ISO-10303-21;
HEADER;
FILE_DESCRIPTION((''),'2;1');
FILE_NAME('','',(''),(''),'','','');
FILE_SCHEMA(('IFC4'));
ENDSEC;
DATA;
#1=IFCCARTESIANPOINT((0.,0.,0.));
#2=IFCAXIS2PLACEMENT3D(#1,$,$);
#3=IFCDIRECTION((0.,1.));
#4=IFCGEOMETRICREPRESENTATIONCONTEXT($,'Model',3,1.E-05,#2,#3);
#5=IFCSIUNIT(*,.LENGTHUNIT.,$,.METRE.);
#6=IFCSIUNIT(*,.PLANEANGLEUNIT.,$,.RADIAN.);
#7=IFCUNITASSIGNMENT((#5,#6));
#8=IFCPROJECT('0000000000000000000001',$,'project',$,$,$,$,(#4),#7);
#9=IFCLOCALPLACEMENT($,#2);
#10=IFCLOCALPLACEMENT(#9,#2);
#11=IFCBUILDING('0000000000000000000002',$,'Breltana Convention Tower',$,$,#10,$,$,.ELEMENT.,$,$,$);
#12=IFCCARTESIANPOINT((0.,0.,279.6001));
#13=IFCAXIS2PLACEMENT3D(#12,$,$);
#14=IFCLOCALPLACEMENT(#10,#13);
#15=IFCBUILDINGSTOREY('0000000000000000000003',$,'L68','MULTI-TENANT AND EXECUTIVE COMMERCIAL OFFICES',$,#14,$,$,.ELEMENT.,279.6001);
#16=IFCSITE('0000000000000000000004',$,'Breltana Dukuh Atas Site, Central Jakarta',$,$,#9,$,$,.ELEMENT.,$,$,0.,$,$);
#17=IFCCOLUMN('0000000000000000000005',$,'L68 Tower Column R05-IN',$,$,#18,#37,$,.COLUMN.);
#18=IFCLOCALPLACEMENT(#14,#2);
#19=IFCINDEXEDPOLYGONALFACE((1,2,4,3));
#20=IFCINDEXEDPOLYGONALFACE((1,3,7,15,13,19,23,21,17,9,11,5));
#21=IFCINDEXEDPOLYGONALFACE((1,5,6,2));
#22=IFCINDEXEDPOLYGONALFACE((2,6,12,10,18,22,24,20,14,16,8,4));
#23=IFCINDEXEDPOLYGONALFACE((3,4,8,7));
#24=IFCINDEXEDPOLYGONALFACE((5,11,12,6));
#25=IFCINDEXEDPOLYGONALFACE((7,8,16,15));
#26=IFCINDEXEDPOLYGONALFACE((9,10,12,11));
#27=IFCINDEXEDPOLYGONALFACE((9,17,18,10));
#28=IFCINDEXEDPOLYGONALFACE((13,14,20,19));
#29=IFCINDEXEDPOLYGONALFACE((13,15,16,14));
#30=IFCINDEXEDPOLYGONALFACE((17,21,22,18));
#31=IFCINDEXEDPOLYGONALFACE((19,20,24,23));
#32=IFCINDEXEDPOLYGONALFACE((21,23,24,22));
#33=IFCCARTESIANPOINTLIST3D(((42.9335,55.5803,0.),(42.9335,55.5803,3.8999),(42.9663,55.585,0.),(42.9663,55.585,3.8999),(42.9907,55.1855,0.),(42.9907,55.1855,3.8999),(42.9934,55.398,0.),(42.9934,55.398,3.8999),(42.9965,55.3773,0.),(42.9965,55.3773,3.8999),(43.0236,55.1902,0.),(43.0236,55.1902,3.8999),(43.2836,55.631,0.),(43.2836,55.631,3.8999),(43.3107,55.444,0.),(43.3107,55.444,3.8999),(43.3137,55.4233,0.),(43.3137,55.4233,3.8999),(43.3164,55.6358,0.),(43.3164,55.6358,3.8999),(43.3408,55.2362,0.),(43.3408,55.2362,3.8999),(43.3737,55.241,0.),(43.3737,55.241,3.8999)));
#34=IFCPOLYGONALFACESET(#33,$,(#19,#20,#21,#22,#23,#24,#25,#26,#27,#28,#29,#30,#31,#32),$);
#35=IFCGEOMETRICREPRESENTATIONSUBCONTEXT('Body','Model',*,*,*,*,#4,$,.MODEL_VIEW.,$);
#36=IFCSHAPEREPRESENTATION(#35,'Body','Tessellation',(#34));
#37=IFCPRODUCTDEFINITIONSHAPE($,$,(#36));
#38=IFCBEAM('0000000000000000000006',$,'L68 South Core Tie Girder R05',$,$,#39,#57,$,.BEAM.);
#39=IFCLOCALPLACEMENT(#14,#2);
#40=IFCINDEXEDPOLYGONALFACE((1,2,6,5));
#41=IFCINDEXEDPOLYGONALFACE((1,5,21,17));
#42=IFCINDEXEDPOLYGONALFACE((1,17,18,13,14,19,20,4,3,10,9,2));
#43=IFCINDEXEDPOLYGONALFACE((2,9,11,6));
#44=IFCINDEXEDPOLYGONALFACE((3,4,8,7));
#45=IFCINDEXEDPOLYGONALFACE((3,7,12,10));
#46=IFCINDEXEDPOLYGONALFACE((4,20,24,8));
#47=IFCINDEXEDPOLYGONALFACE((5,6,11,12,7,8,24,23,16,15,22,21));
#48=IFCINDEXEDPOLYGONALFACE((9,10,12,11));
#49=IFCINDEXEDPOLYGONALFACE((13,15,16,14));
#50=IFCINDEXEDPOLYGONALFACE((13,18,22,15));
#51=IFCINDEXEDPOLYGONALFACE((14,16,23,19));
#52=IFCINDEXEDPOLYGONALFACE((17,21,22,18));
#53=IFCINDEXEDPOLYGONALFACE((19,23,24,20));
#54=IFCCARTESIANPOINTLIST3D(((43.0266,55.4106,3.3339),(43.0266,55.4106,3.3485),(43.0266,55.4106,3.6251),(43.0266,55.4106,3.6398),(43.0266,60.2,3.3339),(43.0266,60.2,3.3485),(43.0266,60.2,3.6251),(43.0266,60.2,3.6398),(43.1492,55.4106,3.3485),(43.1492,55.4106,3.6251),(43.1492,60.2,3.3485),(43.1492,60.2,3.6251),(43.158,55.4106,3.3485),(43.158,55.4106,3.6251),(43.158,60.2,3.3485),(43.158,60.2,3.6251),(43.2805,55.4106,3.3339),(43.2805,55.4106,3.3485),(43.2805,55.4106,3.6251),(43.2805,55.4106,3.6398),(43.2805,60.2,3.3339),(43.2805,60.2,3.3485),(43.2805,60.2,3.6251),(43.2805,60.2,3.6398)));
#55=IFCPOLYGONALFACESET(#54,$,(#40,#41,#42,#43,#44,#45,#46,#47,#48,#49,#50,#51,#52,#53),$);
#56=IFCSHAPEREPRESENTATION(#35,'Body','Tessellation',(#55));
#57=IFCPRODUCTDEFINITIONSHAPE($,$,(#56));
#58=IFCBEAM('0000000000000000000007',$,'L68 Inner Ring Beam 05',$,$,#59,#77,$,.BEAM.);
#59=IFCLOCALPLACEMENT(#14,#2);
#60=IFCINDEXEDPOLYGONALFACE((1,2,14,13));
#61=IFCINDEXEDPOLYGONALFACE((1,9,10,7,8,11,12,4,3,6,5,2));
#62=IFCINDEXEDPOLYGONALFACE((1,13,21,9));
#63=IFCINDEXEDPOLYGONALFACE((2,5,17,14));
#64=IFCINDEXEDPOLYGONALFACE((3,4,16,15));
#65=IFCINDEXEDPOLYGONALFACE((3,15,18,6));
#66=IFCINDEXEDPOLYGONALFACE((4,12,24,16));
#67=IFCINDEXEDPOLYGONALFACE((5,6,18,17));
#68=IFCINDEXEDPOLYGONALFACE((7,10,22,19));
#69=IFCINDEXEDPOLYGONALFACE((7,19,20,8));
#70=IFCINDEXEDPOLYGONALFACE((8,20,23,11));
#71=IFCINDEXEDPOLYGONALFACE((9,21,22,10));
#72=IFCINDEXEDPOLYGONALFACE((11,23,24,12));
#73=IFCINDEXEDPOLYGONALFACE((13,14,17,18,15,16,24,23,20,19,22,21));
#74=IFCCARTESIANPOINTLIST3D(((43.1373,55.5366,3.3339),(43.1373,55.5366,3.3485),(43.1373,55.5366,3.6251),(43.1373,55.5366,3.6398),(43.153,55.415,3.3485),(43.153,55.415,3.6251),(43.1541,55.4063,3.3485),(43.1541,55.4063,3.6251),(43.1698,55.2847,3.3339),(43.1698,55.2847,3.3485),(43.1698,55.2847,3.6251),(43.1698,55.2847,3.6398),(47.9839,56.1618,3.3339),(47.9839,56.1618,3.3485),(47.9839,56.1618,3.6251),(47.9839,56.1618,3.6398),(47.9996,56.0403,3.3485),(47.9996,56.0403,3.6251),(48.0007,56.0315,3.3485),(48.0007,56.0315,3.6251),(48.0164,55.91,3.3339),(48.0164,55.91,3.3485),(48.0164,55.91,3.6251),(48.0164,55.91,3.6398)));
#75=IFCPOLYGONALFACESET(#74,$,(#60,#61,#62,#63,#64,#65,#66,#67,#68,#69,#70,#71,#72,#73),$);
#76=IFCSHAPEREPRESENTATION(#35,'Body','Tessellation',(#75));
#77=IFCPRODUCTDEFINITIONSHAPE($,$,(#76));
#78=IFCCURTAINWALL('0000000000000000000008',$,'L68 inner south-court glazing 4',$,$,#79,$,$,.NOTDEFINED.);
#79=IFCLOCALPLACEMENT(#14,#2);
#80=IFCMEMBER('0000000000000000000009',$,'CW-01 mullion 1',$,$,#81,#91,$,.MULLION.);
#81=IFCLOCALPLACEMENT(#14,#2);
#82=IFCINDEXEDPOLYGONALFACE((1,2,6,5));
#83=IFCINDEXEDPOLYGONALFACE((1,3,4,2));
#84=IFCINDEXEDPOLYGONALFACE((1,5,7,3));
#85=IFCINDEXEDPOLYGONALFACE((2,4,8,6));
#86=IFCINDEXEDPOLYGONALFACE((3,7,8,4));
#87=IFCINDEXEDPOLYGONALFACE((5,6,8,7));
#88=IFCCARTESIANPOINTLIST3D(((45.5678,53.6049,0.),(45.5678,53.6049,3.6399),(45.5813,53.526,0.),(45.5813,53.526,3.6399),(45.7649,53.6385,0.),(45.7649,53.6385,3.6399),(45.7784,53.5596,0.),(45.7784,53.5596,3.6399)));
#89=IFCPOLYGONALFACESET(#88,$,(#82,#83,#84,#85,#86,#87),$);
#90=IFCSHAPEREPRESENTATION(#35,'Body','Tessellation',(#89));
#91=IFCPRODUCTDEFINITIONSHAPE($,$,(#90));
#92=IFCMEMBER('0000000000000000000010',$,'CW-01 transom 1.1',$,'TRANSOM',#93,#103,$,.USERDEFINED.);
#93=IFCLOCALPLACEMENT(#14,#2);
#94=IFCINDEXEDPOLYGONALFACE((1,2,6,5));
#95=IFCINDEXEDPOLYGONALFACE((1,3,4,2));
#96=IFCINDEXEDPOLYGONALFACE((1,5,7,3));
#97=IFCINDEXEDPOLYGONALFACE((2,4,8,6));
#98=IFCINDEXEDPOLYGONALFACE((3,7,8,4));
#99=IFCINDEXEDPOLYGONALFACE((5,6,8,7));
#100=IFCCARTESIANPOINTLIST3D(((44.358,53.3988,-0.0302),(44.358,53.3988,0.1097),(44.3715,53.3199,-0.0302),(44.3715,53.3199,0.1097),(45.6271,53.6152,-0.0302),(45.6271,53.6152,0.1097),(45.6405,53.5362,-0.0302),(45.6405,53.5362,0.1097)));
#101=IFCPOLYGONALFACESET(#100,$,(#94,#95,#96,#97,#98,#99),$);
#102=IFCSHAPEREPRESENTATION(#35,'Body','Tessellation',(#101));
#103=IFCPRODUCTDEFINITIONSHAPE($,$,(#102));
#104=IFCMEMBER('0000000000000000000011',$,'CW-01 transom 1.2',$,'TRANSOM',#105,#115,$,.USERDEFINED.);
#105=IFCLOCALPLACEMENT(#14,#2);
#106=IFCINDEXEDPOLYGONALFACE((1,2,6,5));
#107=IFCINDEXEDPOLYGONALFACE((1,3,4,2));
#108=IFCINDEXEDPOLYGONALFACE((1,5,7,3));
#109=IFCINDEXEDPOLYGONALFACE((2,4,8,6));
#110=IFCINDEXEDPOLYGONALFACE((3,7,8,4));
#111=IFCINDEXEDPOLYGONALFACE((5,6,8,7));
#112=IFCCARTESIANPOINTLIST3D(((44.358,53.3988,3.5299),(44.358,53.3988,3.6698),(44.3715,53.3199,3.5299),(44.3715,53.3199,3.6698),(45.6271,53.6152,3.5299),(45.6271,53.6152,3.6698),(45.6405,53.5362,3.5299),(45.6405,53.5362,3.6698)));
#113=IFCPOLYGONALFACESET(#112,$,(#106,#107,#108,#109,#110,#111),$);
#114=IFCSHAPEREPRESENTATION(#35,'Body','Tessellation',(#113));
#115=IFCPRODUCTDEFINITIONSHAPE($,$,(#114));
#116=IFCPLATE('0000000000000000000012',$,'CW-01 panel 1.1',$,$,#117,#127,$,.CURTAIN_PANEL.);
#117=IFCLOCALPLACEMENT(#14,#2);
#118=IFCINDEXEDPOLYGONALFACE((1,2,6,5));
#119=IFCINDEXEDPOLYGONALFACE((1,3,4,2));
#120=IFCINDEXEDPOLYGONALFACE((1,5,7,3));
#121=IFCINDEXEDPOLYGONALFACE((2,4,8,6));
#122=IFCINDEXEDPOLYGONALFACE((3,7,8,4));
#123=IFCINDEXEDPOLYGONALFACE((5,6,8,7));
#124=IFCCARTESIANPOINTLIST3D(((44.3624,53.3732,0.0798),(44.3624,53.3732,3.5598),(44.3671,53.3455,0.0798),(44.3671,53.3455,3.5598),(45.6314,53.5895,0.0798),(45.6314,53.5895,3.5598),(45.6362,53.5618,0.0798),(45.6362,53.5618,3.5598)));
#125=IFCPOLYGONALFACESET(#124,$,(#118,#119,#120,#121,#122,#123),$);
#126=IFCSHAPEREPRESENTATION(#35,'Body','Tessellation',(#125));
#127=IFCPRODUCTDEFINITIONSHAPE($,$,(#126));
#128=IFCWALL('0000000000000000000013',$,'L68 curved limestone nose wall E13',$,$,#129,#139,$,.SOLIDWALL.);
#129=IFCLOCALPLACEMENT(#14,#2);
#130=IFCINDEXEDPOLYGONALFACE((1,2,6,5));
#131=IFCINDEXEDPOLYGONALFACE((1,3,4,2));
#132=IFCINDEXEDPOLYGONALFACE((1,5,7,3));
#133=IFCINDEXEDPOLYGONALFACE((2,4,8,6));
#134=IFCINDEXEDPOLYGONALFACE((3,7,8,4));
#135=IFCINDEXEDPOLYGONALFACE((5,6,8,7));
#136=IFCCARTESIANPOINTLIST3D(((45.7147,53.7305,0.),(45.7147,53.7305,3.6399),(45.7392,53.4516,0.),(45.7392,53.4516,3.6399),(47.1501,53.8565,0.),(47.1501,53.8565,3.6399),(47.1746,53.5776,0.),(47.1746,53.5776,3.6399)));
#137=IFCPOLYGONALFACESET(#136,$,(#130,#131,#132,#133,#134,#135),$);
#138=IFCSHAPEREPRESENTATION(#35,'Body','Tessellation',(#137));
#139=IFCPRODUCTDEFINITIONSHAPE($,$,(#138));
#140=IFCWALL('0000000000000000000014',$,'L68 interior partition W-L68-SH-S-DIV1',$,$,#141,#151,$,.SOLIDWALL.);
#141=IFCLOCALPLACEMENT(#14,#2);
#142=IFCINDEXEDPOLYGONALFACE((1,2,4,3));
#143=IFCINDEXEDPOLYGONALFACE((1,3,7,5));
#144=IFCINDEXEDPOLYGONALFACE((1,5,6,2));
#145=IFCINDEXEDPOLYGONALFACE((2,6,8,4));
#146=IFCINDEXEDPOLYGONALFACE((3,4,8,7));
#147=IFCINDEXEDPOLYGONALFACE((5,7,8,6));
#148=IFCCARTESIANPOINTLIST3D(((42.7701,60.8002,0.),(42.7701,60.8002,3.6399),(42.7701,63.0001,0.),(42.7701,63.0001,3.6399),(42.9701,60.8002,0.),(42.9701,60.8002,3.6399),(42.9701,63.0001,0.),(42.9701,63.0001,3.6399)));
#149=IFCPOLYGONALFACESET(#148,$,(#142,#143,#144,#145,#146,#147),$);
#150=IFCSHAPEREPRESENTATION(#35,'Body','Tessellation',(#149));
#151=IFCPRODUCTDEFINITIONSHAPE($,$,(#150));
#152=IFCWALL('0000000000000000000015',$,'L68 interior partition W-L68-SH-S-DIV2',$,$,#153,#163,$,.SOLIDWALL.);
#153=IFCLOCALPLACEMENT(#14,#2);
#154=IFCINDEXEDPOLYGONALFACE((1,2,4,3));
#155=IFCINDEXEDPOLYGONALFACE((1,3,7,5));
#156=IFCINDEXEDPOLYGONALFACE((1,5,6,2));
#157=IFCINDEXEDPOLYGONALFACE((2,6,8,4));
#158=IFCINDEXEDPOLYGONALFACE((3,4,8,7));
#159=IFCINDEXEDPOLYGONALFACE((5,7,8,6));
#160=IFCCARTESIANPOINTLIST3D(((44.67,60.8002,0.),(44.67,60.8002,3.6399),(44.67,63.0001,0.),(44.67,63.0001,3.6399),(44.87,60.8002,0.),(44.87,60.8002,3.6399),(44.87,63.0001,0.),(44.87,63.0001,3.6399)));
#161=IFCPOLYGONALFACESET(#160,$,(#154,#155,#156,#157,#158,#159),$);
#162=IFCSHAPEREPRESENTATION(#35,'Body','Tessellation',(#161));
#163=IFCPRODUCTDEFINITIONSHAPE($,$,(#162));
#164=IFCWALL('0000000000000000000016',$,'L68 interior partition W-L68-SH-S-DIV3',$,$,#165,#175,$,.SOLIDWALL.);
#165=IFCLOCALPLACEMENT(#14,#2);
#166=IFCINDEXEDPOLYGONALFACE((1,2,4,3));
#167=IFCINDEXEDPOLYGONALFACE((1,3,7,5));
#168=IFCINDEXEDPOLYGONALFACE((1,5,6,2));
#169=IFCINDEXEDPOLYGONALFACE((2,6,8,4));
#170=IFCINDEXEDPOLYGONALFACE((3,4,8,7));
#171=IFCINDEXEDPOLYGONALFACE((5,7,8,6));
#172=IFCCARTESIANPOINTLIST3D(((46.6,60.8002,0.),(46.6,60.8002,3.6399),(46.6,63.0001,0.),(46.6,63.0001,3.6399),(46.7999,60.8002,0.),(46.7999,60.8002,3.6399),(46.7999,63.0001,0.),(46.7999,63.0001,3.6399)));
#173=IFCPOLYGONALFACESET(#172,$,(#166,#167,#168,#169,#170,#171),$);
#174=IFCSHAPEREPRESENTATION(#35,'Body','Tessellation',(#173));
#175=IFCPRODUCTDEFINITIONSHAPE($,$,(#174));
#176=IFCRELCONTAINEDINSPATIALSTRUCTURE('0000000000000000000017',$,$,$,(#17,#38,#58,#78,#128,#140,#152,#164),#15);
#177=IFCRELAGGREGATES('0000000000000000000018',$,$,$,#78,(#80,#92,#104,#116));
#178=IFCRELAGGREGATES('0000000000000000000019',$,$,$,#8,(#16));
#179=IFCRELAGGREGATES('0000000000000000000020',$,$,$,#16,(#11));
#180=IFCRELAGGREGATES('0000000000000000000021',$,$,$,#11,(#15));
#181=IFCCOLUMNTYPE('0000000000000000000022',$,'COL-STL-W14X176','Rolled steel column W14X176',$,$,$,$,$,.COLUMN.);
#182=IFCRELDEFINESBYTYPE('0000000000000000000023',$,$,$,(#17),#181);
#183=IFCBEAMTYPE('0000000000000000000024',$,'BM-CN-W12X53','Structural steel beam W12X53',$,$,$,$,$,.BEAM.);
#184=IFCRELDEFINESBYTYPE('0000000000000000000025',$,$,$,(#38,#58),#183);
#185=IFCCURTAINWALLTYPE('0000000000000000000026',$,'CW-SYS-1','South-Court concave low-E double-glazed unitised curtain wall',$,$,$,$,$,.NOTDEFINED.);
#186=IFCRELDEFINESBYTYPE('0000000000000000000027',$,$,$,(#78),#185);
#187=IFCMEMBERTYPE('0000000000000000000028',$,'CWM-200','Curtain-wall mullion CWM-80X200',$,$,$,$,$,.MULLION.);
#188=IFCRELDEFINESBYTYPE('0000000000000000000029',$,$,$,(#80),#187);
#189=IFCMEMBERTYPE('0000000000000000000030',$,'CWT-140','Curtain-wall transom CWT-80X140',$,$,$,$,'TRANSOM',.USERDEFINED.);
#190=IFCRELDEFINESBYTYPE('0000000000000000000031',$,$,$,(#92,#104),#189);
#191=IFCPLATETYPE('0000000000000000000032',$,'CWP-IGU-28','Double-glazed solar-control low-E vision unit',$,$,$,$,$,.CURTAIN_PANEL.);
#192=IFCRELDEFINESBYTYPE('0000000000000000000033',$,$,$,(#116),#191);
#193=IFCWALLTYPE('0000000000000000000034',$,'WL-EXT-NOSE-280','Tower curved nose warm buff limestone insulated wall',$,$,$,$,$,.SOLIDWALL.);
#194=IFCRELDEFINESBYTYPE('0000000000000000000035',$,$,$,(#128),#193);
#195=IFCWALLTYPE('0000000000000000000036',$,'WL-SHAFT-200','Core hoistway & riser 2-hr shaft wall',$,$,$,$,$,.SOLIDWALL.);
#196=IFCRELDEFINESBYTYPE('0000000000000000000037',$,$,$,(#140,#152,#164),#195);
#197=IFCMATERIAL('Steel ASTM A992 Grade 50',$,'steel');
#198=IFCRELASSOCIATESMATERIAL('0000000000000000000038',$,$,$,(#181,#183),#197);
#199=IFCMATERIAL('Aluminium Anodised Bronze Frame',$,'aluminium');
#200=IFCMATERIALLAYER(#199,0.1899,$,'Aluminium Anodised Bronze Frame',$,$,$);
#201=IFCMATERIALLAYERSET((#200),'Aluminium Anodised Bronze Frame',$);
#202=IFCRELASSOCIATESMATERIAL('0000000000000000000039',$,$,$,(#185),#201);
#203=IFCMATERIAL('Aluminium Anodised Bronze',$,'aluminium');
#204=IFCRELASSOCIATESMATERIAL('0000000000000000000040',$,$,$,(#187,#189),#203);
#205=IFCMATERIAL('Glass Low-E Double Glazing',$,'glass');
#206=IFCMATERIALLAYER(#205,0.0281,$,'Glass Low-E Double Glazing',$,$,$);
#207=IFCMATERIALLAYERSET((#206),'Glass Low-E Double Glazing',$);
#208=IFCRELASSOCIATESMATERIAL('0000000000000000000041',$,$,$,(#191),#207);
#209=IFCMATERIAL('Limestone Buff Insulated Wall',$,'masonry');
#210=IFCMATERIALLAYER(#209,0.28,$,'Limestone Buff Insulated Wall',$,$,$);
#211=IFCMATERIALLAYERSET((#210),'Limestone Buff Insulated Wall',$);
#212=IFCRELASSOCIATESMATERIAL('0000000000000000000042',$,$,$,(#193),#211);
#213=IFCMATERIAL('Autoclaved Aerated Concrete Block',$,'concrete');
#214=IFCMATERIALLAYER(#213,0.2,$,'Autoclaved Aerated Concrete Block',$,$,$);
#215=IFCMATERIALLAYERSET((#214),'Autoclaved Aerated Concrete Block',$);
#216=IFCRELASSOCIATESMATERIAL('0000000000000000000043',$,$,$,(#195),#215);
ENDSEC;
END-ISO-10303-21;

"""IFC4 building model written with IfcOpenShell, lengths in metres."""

from ifc_helpers import new_model, si_unit, direction, frame, frame_2d, origin, origin_2d, place, context, subcontext, project, spatial, rectangle, i_section, extrude, source, transform, mapped, material, layer, layer_set, material_profile, profile_set, type_object, type_shapes, element, aggregate, save


model = new_model("IFC4")

# Units and contexts
model_context = context("Model", 3, precision=1e-05, world=origin(), true_north=direction((0.0, 1.0)))
body_context = subcontext(model_context, "Body", "Model", "MODEL_VIEW")
ifc_project = project(units=[si_unit("LENGTHUNIT", "METRE"), si_unit("PLANEANGLEUNIT", "RADIAN")], contexts=[model_context])

# Site, building, storey
site_placement = place(None, origin())
site = spatial("IfcSite", under=ifc_project, at=site_placement, Name="Breltana Dukuh Atas Site, Central Jakarta", CompositionType="ELEMENT", RefElevation=0.0)
building_placement = place(site_placement, origin())
building = spatial("IfcBuilding", under=site, at=building_placement, Name="Breltana Convention Tower", CompositionType="ELEMENT")
storey_placement = place(building_placement, frame((0.0, 0.0, 279.6001)))
storey = spatial("IfcBuildingStorey", under=building, at=storey_placement, Name="L68", Description="MULTI-TENANT AND EXECUTIVE COMMERCIAL OFFICES", CompositionType="ELEMENT", Elevation=279.6001)

# Column
ifc_material_1 = material(Name="Steel ASTM A992 Grade 50", Category="steel")
ifc_material_profile_1 = material_profile(ifc_material_1, i_section(OverallWidth=0.3989, OverallDepth=0.387, WebThickness=0.021, FlangeThickness=0.0332, at=origin_2d()), Name="W14X176")
ifc_profile_set_1 = profile_set([ifc_material_profile_1], Name="Steel ASTM A992 Grade 50")
column_type = type_object("IfcColumnType", Name="COL-STL-W14X176", Description="Rolled steel column W14X176", PredefinedType="COLUMN", material=ifc_profile_set_1)
shared_shape_1 = source(origin(), body_context, "Body", "SweptSolid", [
    extrude(i_section(OverallWidth=0.3989, OverallDepth=0.387, WebThickness=0.021, FlangeThickness=0.0332, at=origin_2d()), origin(), (0.0, 0.0, 1.0), 3.8999),
])
type_shapes(column_type, [shared_shape_1])
column_placement = place(storey_placement, frame((43.1536, 55.4106, 0.0), z_axis=(0.0, 0.0, 1.0), x_axis=(-0.143493, 0.989651, 0.0)))
element("IfcColumn", 1, at=column_placement, inside=storey, type_object=column_type, Name="L68 Tower Column R05-IN", PredefinedType="COLUMN", context=body_context, shape_type="MappedRepresentation", body=[
    mapped(shared_shape_1, transform((0.0, 0.0, 0.0), scale=1.0)),
])

# Beams
ifc_material_profile_2 = material_profile(ifc_material_1, i_section(OverallWidth=0.2539, OverallDepth=0.3059, WebThickness=0.0088, FlangeThickness=0.0146, at=origin_2d()), Name="W12X53")
ifc_profile_set_2 = profile_set([ifc_material_profile_2], Name="Steel ASTM A992 Grade 50")
beam_type = type_object("IfcBeamType", Name="BM-CN-W12X53", Description="Structural steel beam W12X53", PredefinedType="BEAM", material=ifc_profile_set_2)
shared_shape_2 = source(origin(), body_context, "Body", "SweptSolid", [
    extrude(i_section(OverallWidth=0.2539, OverallDepth=0.3059, WebThickness=0.0088, FlangeThickness=0.0146, at=origin_2d()), origin(), (0.0, 0.0, 1.0), 4.7893),
])
beam_1_placement = place(storey_placement, frame((43.1536, 60.2, 3.4868), z_axis=(0.0, -1.0, 0.0), x_axis=(1.0, 0.0, 0.0)))
element("IfcBeam", 2, at=beam_1_placement, inside=storey, type_object=beam_type, Name="L68 South Core Tie Girder R05", PredefinedType="BEAM", context=body_context, shape_type="MappedRepresentation", body=[
    mapped(shared_shape_2, transform((0.0, 0.0, 0.0), scale=1.0)),
])
shared_shape_3 = source(origin(), body_context, "Body", "SweptSolid", [
    extrude(i_section(OverallWidth=0.2539, OverallDepth=0.3059, WebThickness=0.0088, FlangeThickness=0.0146, at=origin_2d()), origin(), (0.0, 0.0, 1.0), 4.8867),
])
beam_2_placement = place(storey_placement, frame((43.1536, 55.4106, 3.4868), z_axis=(0.991781, 0.127951, 0.0), x_axis=(-0.127951, 0.991781, 0.0)))
element("IfcBeam", 3, at=beam_2_placement, inside=storey, type_object=beam_type, Name="L68 Inner Ring Beam 05", PredefinedType="BEAM", context=body_context, shape_type="MappedRepresentation", body=[
    mapped(shared_shape_3, transform((0.0, 0.0, 0.0), scale=1.0)),
])

# Curtain wall, members, plate
ifc_material_2 = material(Name="Aluminium Anodised Bronze Frame", Category="aluminium")
ifc_layer_1 = layer(ifc_material_2, 0.1899, Name="Aluminium Anodised Bronze Frame")
ifc_layer_set_1 = layer_set([ifc_layer_1], Name="Aluminium Anodised Bronze Frame")
curtain_wall_type = type_object("IfcCurtainWallType", Name="CW-SYS-1", Description="South-Court concave low-E double-glazed unitised curtain wall", PredefinedType="NOTDEFINED", material=ifc_layer_set_1)
curtain_wall_placement = place(storey_placement, origin())
curtain_wall = element("IfcCurtainWall", 4, at=curtain_wall_placement, inside=storey, type_object=curtain_wall_type, Name="L68 inner south-court glazing 4", PredefinedType="NOTDEFINED")
ifc_material_3 = material(Name="Aluminium Anodised Bronze", Category="aluminium")
ifc_material_profile_3 = material_profile(ifc_material_3, rectangle(XDim=0.0801, YDim=0.2, at=origin_2d()), Name="CWM-80X200")
ifc_profile_set_3 = profile_set([ifc_material_profile_3], Name="Aluminium Anodised Bronze")
member_type_1 = type_object("IfcMemberType", Name="CWM-200", Description="Curtain-wall mullion CWM-80X200", PredefinedType="MULLION", material=ifc_profile_set_3)
shared_shape_4 = source(origin(), body_context, "Body", "SweptSolid", [
    extrude(rectangle(XDim=0.0801, YDim=0.2, at=origin_2d()), origin(), (0.0, 0.0, 1.0), 3.6399),
])
member_1_placement = place(storey_placement, frame((45.6731, 53.5823, 0.0), z_axis=(0.0, 0.0, 1.0), x_axis=(0.168028, -0.985782, 0.0)))
member_1 = element("IfcMember", 5, at=member_1_placement, type_object=member_type_1, Name="CW-01 mullion 1", PredefinedType="MULLION", context=body_context, shape_type="MappedRepresentation", body=[
    mapped(shared_shape_4, transform((0.0, 0.0, 0.0), scale=1.0)),
])
ifc_material_profile_4 = material_profile(ifc_material_3, rectangle(XDim=0.0801, YDim=0.1399, at=origin_2d()), Name="CWT-80X140")
ifc_profile_set_4 = profile_set([ifc_material_profile_4], Name="Aluminium Anodised Bronze")
member_type_2 = type_object("IfcMemberType", Name="CWT-140", Description="Curtain-wall transom CWT-80X140", ElementType="TRANSOM", PredefinedType="USERDEFINED", material=ifc_profile_set_4)
shared_shape_5 = source(origin(), body_context, "Body", "SweptSolid", [
    extrude(rectangle(XDim=0.0801, YDim=0.1399, at=origin_2d()), origin(), (0.0, 0.0, 1.0), 1.2874),
])
member_2_placement = place(storey_placement, frame((45.6338, 53.5757, 0.0398), z_axis=(-0.985782, -0.168027, 0.0), x_axis=(0.168027, -0.985782, 0.0)))
member_2 = element("IfcMember", 6, at=member_2_placement, type_object=member_type_2, Name="CW-01 transom 1.1", ObjectType="TRANSOM", PredefinedType="USERDEFINED", context=body_context, shape_type="MappedRepresentation", body=[
    mapped(shared_shape_5, transform((0.0, 0.0, 0.0), scale=1.0)),
])
member_3_placement = place(storey_placement, frame((45.6338, 53.5757, 3.5999), z_axis=(-0.985782, -0.168027, 0.0), x_axis=(0.168027, -0.985782, 0.0)))
member_3 = element("IfcMember", 7, at=member_3_placement, type_object=member_type_2, Name="CW-01 transom 1.2", ObjectType="TRANSOM", PredefinedType="USERDEFINED", context=body_context, shape_type="MappedRepresentation", body=[
    mapped(shared_shape_5, transform((0.0, 0.0, 0.0), scale=1.0)),
])
ifc_material_4 = material(Name="Glass Low-E Double Glazing", Category="glass")
ifc_layer_2 = layer(ifc_material_4, 0.0281, Name="Glass Low-E Double Glazing")
ifc_layer_set_2 = layer_set([ifc_layer_2], Name="Glass Low-E Double Glazing")
plate_type = type_object("IfcPlateType", Name="CWP-IGU-28", Description="Double-glazed solar-control low-E vision unit", PredefinedType="CURTAIN_PANEL", material=ifc_layer_set_2)
shared_shape_6 = source(origin(), body_context, "Body", "SweptSolid", [
    extrude(rectangle(XDim=1.2874, YDim=0.0281, at=origin_2d()), origin(), (0.0, 0.0, 1.0), 3.48),
])
plate_placement = place(storey_placement, frame((44.9993, 53.4675, 0.0798), z_axis=(0.0, 0.0, 1.0), x_axis=(-0.985782, -0.168028, 0.0)))
plate = element("IfcPlate", 8, at=plate_placement, type_object=plate_type, Name="CW-01 panel 1.1", PredefinedType="CURTAIN_PANEL", context=body_context, shape_type="MappedRepresentation", body=[
    mapped(shared_shape_6, transform((0.0, 0.0, 0.0), scale=1.0)),
])
aggregate(curtain_wall, [member_1, member_2, member_3, plate])

# Walls
ifc_material_5 = material(Name="Limestone Buff Insulated Wall", Category="masonry")
ifc_layer_3 = layer(ifc_material_5, 0.28, Name="Limestone Buff Insulated Wall")
ifc_layer_set_3 = layer_set([ifc_layer_3], Name="Limestone Buff Insulated Wall")
wall_type_1 = type_object("IfcWallType", Name="WL-EXT-NOSE-280", Description="Tower curved nose warm buff limestone insulated wall", PredefinedType="SOLIDWALL", material=ifc_layer_set_3)
shared_shape_7 = source(origin(), body_context, "Body", "SweptSolid", [
    extrude(rectangle(XDim=1.4409, YDim=0.28, at=frame_2d((0.7205, 0.0))), origin(), (0.0, 0.0, 1.0), 3.6399),
])
wall_1_placement = place(storey_placement, frame((47.1624, 53.717, 0.0), z_axis=(0.0, 0.0, 1.0), x_axis=(-0.99617, -0.087434, 0.0)))
element("IfcWall", 9, at=wall_1_placement, inside=storey, type_object=wall_type_1, Name="L68 curved limestone nose wall E13", PredefinedType="SOLIDWALL", context=body_context, shape_type="MappedRepresentation", body=[
    mapped(shared_shape_7, transform((0.0, 0.0, 0.0), scale=1.0)),
])
ifc_material_6 = material(Name="Autoclaved Aerated Concrete Block", Category="concrete")
ifc_layer_4 = layer(ifc_material_6, 0.2, Name="Autoclaved Aerated Concrete Block")
ifc_layer_set_4 = layer_set([ifc_layer_4], Name="Autoclaved Aerated Concrete Block")
wall_type_2 = type_object("IfcWallType", Name="WL-SHAFT-200", Description="Core hoistway & riser 2-hr shaft wall", PredefinedType="SOLIDWALL", material=ifc_layer_set_4)
shared_shape_8 = source(origin(), body_context, "Body", "SweptSolid", [
    extrude(rectangle(XDim=2.2, YDim=0.2, at=frame_2d((1.1001, 0.0))), origin(), (0.0, 0.0, 1.0), 3.6399),
])
for number, where, z_axis, x_axis, name in (
    (10, (42.8701, 60.8, 0.0), (0.0, 0.0, 1.0), (0.0, 1.0, 0.0), "L68 interior partition W-L68-SH-S-DIV1"),
    (11, (44.77, 60.8, 0.0), (0.0, 0.0, 1.0), (0.0, 1.0, 0.0), "L68 interior partition W-L68-SH-S-DIV2"),
    (12, (46.7, 60.8, 0.0), (0.0, 0.0, 1.0), (0.0, 1.0, 0.0), "L68 interior partition W-L68-SH-S-DIV3"),
):
    element("IfcWall", number, at=place(storey_placement, frame(where, z_axis=z_axis, x_axis=x_axis)), inside=storey, type_object=wall_type_2, Name=name, PredefinedType="SOLIDWALL", context=body_context, shape_type="MappedRepresentation", body=[
        mapped(shared_shape_8, transform((0.0, 0.0, 0.0), scale=1.0)),
    ])

save(model, "model.ifc")
